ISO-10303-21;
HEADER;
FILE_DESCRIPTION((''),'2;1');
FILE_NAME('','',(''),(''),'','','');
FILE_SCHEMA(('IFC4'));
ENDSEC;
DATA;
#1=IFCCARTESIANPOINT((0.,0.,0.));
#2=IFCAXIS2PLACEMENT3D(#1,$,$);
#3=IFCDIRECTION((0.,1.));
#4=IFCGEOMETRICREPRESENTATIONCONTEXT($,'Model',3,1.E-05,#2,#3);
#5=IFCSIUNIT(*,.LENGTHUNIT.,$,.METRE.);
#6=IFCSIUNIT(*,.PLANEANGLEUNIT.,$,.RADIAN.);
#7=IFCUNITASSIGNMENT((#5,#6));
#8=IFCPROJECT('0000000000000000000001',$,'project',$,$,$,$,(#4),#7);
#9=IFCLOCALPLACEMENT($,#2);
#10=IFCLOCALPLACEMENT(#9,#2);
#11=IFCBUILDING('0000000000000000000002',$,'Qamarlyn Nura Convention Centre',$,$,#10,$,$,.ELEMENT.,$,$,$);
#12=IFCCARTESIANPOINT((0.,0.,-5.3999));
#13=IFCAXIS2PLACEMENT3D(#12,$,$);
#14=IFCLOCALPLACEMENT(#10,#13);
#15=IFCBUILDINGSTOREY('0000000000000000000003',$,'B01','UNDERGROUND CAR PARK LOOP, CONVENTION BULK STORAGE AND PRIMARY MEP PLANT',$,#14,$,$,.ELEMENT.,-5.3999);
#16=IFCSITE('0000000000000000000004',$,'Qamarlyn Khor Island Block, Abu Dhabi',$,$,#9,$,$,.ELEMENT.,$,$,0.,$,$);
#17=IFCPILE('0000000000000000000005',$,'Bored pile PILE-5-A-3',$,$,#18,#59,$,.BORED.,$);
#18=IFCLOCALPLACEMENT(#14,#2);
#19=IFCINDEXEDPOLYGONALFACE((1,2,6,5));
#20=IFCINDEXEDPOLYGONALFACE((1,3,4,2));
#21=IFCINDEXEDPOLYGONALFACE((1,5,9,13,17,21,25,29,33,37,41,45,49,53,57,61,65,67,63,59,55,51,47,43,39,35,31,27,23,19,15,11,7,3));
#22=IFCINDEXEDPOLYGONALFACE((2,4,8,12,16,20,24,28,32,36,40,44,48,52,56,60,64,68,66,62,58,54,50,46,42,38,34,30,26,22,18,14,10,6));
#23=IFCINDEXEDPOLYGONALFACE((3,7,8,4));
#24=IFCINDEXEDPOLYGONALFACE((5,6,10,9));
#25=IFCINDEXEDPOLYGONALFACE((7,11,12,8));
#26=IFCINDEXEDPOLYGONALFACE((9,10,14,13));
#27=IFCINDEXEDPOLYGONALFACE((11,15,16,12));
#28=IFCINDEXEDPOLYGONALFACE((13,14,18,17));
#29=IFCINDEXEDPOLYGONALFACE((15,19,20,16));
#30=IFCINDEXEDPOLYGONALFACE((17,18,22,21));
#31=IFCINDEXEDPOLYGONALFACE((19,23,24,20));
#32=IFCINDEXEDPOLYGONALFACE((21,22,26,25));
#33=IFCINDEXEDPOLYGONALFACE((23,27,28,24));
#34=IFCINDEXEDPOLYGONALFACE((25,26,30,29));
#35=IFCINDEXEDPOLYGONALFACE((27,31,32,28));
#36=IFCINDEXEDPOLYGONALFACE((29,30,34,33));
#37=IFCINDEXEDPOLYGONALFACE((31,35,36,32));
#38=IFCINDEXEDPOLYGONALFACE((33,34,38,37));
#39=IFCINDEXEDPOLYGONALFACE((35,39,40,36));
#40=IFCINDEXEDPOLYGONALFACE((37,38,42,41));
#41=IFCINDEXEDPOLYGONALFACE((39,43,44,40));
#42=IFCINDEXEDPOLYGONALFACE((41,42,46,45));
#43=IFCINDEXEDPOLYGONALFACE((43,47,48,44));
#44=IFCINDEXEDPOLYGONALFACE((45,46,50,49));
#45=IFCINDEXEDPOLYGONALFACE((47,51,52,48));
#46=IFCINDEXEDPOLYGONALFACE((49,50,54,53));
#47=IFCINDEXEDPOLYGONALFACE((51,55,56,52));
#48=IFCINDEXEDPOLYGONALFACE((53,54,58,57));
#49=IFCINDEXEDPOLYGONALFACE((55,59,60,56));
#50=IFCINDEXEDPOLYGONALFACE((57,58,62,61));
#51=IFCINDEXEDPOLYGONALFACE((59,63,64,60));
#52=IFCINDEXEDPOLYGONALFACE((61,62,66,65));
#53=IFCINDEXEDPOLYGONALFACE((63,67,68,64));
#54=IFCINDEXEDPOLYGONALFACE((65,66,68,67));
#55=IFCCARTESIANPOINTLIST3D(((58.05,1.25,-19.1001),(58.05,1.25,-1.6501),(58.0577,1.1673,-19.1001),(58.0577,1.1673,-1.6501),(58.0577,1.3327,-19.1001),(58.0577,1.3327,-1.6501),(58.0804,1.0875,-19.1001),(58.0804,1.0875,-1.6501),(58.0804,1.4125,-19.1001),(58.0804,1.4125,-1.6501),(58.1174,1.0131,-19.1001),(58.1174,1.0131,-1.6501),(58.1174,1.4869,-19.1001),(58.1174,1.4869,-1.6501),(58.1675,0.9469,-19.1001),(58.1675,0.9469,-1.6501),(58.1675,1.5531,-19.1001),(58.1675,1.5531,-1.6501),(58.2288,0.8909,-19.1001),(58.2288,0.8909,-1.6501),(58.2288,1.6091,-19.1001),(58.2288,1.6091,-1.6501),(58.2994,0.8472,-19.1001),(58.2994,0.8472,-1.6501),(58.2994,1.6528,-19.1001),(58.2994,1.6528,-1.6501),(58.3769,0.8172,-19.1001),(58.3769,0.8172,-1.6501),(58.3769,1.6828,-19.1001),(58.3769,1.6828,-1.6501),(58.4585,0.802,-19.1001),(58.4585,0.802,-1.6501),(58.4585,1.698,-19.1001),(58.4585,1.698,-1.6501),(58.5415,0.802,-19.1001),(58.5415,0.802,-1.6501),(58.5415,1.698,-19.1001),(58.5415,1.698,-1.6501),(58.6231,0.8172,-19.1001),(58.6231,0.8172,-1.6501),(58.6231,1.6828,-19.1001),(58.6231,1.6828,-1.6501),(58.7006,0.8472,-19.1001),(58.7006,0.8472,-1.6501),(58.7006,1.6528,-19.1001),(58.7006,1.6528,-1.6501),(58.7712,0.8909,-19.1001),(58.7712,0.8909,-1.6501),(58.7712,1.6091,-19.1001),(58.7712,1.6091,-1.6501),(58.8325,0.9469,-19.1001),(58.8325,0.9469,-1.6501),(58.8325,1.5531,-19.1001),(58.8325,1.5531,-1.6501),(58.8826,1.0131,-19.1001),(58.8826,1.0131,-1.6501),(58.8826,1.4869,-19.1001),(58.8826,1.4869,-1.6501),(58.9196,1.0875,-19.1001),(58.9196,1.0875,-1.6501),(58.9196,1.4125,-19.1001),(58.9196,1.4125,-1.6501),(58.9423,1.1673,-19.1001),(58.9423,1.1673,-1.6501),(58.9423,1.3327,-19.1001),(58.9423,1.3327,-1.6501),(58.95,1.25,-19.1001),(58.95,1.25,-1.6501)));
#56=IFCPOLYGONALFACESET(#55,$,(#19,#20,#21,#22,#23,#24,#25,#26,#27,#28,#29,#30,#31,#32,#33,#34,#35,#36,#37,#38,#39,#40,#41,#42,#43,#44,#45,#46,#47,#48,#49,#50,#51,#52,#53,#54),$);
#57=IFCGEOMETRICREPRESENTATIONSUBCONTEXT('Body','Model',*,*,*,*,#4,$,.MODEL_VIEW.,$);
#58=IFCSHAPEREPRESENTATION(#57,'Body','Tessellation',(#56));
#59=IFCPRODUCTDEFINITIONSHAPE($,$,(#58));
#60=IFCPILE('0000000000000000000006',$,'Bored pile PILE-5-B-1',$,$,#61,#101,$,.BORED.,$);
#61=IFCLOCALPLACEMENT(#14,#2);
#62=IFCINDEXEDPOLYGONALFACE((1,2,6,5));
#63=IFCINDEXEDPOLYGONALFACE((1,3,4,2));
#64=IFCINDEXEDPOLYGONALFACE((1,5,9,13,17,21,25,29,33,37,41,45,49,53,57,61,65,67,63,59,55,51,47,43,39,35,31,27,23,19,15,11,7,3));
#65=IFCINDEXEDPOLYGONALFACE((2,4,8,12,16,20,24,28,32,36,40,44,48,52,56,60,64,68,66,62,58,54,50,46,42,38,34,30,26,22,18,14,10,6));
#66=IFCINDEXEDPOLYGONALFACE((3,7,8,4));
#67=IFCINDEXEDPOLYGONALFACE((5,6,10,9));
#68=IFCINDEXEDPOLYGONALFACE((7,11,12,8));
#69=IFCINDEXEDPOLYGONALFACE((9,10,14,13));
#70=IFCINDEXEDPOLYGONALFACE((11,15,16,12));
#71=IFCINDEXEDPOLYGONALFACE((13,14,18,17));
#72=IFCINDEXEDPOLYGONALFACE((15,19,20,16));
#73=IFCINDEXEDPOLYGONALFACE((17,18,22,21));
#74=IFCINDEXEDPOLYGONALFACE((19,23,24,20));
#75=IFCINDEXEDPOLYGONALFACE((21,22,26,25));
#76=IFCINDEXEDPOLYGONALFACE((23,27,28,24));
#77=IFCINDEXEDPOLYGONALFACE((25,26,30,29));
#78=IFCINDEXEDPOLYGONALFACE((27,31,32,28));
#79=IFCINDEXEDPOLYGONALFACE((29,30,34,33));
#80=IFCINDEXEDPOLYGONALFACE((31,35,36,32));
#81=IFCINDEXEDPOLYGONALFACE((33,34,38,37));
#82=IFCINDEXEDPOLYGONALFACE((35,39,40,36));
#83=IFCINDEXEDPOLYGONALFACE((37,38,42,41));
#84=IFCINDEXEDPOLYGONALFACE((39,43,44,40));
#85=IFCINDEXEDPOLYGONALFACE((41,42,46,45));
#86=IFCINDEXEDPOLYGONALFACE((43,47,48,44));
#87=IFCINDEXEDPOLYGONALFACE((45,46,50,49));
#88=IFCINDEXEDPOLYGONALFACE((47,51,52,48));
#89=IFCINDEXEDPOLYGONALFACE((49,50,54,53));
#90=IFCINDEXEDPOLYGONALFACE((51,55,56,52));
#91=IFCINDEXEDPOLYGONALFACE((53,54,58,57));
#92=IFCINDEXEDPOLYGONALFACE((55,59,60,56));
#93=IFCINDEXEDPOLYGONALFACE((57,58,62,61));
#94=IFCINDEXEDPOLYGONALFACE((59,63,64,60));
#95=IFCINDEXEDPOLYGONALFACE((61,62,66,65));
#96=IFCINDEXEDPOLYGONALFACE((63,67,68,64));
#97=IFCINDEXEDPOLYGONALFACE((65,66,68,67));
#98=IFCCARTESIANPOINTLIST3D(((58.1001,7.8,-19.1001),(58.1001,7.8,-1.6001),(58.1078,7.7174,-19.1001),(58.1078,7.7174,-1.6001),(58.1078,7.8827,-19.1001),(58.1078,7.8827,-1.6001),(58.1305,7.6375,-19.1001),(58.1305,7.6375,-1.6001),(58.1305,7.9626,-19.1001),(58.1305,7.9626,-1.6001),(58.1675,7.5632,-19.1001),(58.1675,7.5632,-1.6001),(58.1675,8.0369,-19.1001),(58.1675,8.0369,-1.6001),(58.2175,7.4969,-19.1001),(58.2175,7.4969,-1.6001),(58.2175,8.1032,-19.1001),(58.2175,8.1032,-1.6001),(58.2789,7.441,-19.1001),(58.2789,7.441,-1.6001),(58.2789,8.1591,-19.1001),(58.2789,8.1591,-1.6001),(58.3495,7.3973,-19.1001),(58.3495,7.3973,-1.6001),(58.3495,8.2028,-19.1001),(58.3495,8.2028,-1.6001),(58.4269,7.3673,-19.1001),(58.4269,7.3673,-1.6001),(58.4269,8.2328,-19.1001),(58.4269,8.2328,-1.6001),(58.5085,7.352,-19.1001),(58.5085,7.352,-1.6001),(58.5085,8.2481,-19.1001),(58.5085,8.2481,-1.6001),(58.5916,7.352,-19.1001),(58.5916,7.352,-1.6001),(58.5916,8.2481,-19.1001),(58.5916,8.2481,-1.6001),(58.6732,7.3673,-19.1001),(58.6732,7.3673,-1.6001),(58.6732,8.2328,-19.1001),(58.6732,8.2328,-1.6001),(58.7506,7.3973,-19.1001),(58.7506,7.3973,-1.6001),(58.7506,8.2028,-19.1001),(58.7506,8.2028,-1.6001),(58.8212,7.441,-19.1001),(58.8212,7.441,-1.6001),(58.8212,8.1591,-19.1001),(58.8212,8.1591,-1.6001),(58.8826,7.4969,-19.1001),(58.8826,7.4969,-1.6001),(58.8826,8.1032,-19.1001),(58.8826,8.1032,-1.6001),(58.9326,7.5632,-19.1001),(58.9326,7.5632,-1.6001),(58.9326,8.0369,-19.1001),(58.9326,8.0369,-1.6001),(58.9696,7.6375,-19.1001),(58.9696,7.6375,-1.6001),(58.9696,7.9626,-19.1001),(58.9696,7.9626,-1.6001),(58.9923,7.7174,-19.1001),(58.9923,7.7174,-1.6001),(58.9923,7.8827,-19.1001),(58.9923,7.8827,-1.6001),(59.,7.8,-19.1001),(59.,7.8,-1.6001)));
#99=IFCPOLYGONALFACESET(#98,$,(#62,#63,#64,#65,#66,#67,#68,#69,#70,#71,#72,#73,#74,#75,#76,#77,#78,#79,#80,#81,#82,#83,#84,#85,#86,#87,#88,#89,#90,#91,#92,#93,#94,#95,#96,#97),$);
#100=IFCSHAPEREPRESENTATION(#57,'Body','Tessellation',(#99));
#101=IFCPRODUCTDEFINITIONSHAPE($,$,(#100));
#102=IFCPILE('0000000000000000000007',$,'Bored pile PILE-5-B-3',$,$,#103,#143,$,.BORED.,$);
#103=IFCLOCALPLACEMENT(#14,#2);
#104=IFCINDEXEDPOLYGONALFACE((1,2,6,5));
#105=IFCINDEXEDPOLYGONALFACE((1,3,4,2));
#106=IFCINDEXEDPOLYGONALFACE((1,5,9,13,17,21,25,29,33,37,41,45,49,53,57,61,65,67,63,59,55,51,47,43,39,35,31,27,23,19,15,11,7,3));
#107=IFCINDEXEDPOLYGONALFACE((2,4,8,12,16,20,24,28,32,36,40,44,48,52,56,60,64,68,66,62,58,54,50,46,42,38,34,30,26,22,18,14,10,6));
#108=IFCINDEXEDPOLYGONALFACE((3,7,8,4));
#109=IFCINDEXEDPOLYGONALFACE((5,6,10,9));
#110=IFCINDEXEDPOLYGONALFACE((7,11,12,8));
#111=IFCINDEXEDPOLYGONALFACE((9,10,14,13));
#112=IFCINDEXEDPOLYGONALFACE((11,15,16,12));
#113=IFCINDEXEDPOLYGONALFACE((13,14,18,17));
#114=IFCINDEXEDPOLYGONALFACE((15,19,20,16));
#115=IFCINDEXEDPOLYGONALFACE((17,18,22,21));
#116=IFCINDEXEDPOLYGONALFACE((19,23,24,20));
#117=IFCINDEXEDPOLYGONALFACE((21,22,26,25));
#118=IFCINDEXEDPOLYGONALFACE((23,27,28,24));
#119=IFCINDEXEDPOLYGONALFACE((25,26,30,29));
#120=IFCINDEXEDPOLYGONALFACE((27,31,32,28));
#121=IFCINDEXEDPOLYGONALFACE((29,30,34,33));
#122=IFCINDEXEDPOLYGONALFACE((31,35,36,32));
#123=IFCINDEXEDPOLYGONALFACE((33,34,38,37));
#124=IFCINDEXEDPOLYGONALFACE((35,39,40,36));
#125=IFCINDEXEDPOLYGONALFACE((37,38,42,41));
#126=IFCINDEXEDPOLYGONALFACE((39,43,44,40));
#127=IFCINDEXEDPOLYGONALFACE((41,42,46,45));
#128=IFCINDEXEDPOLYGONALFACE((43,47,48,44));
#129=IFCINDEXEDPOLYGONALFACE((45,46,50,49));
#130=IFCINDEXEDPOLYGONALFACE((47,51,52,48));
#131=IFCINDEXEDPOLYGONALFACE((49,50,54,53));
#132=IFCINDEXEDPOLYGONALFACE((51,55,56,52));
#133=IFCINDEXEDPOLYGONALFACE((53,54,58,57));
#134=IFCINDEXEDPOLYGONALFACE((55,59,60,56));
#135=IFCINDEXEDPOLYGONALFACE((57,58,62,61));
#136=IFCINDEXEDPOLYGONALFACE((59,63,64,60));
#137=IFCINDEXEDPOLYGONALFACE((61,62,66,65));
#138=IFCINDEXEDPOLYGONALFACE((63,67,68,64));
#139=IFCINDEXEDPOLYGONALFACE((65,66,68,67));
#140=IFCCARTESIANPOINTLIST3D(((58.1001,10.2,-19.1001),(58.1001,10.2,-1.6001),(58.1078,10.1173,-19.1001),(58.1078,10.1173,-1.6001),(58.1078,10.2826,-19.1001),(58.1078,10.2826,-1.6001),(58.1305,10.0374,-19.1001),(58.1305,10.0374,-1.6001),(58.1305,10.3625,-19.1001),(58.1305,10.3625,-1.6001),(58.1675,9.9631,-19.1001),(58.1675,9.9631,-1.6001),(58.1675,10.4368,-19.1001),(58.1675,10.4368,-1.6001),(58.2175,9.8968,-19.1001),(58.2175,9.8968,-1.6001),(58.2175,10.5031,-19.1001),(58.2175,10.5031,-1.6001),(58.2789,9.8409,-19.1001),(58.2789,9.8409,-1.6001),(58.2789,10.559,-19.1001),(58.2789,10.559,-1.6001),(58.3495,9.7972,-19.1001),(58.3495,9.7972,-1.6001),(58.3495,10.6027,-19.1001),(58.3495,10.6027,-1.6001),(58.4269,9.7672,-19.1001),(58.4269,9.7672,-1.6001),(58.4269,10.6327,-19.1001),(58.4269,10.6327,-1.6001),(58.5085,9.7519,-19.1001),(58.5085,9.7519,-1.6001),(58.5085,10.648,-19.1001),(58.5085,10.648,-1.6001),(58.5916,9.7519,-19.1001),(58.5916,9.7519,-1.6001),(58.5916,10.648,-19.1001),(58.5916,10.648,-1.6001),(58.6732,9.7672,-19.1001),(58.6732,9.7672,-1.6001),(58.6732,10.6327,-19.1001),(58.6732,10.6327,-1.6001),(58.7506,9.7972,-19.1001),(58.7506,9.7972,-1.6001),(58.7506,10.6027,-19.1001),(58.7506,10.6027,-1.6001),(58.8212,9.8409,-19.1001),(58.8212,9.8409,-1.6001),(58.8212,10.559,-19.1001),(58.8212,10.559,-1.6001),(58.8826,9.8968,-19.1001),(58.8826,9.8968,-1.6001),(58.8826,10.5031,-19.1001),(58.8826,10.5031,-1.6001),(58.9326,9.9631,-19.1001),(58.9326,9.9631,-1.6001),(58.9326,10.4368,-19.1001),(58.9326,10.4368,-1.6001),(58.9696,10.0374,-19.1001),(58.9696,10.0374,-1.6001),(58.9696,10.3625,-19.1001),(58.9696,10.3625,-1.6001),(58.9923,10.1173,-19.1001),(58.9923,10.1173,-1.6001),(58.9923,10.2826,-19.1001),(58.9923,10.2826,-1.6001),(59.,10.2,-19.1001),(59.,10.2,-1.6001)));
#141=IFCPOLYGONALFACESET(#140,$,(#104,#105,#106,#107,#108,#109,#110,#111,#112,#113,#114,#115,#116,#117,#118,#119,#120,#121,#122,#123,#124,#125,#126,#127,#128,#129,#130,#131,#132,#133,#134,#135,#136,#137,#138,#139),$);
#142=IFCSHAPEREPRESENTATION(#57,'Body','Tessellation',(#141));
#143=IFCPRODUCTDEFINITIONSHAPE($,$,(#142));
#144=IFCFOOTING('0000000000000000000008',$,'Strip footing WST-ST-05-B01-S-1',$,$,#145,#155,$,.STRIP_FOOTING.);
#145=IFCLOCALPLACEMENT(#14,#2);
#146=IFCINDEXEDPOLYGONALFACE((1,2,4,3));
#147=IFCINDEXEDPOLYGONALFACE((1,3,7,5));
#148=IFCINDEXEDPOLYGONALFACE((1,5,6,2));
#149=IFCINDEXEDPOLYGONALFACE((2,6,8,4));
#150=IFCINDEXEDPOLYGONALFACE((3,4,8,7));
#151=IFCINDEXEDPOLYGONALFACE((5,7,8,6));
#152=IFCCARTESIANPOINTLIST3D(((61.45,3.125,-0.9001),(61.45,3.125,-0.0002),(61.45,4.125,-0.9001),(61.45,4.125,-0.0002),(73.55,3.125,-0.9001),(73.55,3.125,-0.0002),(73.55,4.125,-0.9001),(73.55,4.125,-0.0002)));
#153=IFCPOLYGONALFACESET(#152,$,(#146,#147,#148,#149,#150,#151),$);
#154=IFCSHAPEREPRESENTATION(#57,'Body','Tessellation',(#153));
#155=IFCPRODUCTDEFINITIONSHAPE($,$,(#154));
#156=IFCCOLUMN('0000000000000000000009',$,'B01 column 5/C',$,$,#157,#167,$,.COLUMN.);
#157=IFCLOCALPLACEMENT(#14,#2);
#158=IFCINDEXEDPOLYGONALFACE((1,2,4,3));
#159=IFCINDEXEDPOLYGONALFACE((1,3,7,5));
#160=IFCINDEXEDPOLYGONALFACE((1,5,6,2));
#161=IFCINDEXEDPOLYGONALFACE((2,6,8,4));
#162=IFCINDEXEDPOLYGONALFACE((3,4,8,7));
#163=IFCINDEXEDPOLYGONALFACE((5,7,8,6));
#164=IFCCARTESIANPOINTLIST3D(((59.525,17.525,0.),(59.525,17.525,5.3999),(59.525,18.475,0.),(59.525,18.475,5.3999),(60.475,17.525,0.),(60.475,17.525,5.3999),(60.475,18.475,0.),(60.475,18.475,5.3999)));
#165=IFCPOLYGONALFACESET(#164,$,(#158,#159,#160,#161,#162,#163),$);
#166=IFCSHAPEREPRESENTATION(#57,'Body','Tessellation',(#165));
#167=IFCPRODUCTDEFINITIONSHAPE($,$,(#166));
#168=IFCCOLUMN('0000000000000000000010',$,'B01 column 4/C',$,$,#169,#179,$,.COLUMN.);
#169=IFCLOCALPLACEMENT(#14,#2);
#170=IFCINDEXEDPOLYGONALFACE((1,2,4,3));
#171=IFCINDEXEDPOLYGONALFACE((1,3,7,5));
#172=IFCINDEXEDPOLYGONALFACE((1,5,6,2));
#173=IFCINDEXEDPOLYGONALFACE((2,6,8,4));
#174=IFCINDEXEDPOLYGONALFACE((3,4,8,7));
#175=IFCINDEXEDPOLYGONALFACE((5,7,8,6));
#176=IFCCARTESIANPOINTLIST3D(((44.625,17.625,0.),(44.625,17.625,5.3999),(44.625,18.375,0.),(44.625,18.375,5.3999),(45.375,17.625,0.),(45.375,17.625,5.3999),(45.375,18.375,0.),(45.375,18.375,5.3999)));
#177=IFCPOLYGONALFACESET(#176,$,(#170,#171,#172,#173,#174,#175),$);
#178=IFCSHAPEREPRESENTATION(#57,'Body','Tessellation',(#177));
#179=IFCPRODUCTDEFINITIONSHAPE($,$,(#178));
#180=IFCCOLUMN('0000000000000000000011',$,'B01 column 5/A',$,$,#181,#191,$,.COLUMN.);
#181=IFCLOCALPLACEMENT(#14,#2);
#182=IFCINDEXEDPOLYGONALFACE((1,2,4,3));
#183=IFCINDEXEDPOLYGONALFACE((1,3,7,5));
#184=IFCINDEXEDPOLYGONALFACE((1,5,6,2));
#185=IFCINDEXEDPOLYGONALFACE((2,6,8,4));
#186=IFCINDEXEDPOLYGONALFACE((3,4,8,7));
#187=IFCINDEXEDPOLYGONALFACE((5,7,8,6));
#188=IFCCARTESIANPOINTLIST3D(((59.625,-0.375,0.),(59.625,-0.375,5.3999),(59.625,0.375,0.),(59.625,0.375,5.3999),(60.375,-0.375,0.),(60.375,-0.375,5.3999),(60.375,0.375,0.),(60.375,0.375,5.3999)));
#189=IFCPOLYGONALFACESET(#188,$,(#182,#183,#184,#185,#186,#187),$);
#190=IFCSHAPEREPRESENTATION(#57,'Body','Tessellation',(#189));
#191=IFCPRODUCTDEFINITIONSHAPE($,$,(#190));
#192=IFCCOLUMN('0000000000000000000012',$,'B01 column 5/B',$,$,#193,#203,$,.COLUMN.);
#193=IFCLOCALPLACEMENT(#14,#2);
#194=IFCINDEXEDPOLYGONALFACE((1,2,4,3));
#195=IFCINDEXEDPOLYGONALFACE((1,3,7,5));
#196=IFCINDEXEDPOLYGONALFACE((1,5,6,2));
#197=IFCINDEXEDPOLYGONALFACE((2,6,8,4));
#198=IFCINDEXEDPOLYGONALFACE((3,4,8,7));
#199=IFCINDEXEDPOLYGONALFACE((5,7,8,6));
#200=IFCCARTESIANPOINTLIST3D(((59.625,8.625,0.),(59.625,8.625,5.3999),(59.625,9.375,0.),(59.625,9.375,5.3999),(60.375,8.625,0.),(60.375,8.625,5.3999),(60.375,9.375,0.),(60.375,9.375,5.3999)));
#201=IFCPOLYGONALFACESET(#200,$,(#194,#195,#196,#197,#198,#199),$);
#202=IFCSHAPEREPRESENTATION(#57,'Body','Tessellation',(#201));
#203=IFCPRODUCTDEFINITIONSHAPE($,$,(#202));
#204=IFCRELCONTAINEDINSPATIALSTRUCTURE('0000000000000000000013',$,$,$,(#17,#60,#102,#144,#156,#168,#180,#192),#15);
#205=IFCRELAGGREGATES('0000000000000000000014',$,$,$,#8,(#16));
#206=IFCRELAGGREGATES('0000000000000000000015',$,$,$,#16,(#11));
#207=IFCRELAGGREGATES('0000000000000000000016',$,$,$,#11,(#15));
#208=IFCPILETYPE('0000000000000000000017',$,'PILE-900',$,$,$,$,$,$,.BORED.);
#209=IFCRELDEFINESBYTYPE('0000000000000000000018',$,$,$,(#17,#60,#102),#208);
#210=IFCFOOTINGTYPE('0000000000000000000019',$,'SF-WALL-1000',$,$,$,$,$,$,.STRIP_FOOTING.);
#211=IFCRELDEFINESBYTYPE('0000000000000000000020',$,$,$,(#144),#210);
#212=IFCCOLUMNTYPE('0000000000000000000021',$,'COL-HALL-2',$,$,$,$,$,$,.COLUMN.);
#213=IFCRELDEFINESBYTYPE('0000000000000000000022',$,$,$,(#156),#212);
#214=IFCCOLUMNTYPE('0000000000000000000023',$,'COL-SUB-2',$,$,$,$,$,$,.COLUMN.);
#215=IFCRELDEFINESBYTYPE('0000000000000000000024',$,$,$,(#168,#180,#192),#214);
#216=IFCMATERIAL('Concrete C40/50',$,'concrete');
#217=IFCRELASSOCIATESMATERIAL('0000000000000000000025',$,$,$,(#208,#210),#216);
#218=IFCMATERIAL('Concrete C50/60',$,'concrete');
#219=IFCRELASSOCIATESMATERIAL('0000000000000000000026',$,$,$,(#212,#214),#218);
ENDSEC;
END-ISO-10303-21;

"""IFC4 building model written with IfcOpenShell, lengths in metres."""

from ifc_helpers import new_model, si_unit, direction, frame, origin, origin_2d, place, context, subcontext, project, spatial, rectangle, circle, extrude, material, material_profile, profile_set, type_object, element, save


model = new_model("IFC4")

# Units and contexts
model_context = context("Model", 3, precision=1e-05, world=origin(), true_north=direction((0.0, 1.0)))
body_context = subcontext(model_context, "Body", "Model", "MODEL_VIEW")
ifc_project = project(units=[si_unit("LENGTHUNIT", "METRE"), si_unit("PLANEANGLEUNIT", "RADIAN")], contexts=[model_context])

# Site, building, storey
site_placement = place(None, origin())
site = spatial("IfcSite", under=ifc_project, at=site_placement, Name="Qamarlyn Khor Island Block, Abu Dhabi", CompositionType="ELEMENT", RefElevation=0.0)
building_placement = place(site_placement, origin())
building = spatial("IfcBuilding", under=site, at=building_placement, Name="Qamarlyn Nura Convention Centre", CompositionType="ELEMENT")
storey_placement = place(building_placement, frame((0.0, 0.0, -5.3999)))
storey = spatial("IfcBuildingStorey", under=building, at=storey_placement, Name="B01", Description="UNDERGROUND CAR PARK LOOP, CONVENTION BULK STORAGE AND PRIMARY MEP PLANT", CompositionType="ELEMENT", Elevation=-5.3999)

# Shared definitions
ifc_material_1 = material(Name="Concrete C40/50", Category="concrete")

# Piles
ifc_material_profile_1 = material_profile(ifc_material_1, circle(Radius=0.45, at=origin_2d()), Name="BORED PILE 900")
ifc_profile_set_1 = profile_set([ifc_material_profile_1], Name="Concrete C40/50")
pile_type_1 = type_object("IfcPileType", Name="PILE-900", PredefinedType="BORED", material=ifc_profile_set_1)
for number, where, z_axis, x_axis, name in (
    (1, (58.5, 1.25, -1.6501), (0.0, 0.0, -1.0), (1.0, 0.0, 0.0), "Bored pile PILE-5-A-3"),
):
    element("IfcPile", number, at=place(storey_placement, frame(where, z_axis=z_axis, x_axis=x_axis)), inside=storey, type_object=pile_type_1, Name=name, PredefinedType="BORED", context=body_context, shape_type="SweptSolid", body=[
        extrude(circle(Radius=0.45, at=origin_2d()), origin(), (0.0, 0.0, 1.0), 17.45),
    ])
for number, where, z_axis, x_axis, name in (
    (2, (58.55, 7.8, -1.6001), (0.0, 0.0, -1.0), (1.0, 0.0, 0.0), "Bored pile PILE-5-B-1"),
    (3, (58.55, 10.2, -1.6001), (0.0, 0.0, -1.0), (1.0, 0.0, 0.0), "Bored pile PILE-5-B-3"),
):
    element("IfcPile", number, at=place(storey_placement, frame(where, z_axis=z_axis, x_axis=x_axis)), inside=storey, type_object=pile_type_1, Name=name, PredefinedType="BORED", context=body_context, shape_type="SweptSolid", body=[
        extrude(circle(Radius=0.45, at=origin_2d()), origin(), (0.0, 0.0, 1.0), 17.5),
    ])

# Footing
ifc_material_profile_2 = material_profile(ifc_material_1, rectangle(XDim=1.0, YDim=0.8999, at=origin_2d()), Name="RC STRIP 1000x900")
ifc_profile_set_2 = profile_set([ifc_material_profile_2], Name="Concrete C40/50")
footing_type_1 = type_object("IfcFootingType", Name="SF-WALL-1000", PredefinedType="STRIP_FOOTING", material=ifc_profile_set_2)
footing_1_placement = place(storey_placement, frame((61.45, 3.625, -0.4502), z_axis=(1.0, 0.0, 0.0), x_axis=(0.0, 1.0, 0.0)))
element("IfcFooting", 4, at=footing_1_placement, inside=storey, type_object=footing_type_1, Name="Strip footing WST-ST-05-B01-S-1", PredefinedType="STRIP_FOOTING", context=body_context, shape_type="SweptSolid", body=[
    extrude(rectangle(XDim=1.0, YDim=0.8999, at=origin_2d()), origin(), (0.0, 0.0, 1.0), 12.1001),
])

# Columns
ifc_material_2 = material(Name="Concrete C50/60", Category="concrete")
ifc_material_profile_3 = material_profile(ifc_material_2, rectangle(XDim=0.95, YDim=0.95, at=origin_2d()), Name="RC 950x950")
ifc_profile_set_3 = profile_set([ifc_material_profile_3], Name="Concrete C50/60")
column_type_1 = type_object("IfcColumnType", Name="COL-HALL-2", PredefinedType="COLUMN", material=ifc_profile_set_3)
column_placement = place(storey_placement, frame((60.0, 18.0, 0.0), z_axis=(0.0, 0.0, 1.0), x_axis=(1.0, 0.0, 0.0)))
element("IfcColumn", 5, at=column_placement, inside=storey, type_object=column_type_1, Name="B01 column 5/C", PredefinedType="COLUMN", context=body_context, shape_type="SweptSolid", body=[
    extrude(rectangle(XDim=0.95, YDim=0.95, at=origin_2d()), origin(), (0.0, 0.0, 1.0), 5.3999),
])
ifc_material_profile_4 = material_profile(ifc_material_2, rectangle(XDim=0.75, YDim=0.75, at=origin_2d()), Name="RC 750x750")
ifc_profile_set_4 = profile_set([ifc_material_profile_4], Name="Concrete C50/60")
column_type_2 = type_object("IfcColumnType", Name="COL-SUB-2", PredefinedType="COLUMN", material=ifc_profile_set_4)
for number, where, z_axis, x_axis, name in (
    (6, (45.0, 18.0, 0.0), (0.0, 0.0, 1.0), (1.0, 0.0, 0.0), "B01 column 4/C"),
    (7, (60.0, 0.0, 0.0), (0.0, 0.0, 1.0), (1.0, 0.0, 0.0), "B01 column 5/A"),
    (8, (60.0, 9.0, 0.0), (0.0, 0.0, 1.0), (1.0, 0.0, 0.0), "B01 column 5/B"),
):
    element("IfcColumn", number, at=place(storey_placement, frame(where, z_axis=z_axis, x_axis=x_axis)), inside=storey, type_object=column_type_2, Name=name, PredefinedType="COLUMN", context=body_context, shape_type="SweptSolid", body=[
        extrude(rectangle(XDim=0.75, YDim=0.75, at=origin_2d()), origin(), (0.0, 0.0, 1.0), 5.3999),
    ])

save(model, "model.ifc")
